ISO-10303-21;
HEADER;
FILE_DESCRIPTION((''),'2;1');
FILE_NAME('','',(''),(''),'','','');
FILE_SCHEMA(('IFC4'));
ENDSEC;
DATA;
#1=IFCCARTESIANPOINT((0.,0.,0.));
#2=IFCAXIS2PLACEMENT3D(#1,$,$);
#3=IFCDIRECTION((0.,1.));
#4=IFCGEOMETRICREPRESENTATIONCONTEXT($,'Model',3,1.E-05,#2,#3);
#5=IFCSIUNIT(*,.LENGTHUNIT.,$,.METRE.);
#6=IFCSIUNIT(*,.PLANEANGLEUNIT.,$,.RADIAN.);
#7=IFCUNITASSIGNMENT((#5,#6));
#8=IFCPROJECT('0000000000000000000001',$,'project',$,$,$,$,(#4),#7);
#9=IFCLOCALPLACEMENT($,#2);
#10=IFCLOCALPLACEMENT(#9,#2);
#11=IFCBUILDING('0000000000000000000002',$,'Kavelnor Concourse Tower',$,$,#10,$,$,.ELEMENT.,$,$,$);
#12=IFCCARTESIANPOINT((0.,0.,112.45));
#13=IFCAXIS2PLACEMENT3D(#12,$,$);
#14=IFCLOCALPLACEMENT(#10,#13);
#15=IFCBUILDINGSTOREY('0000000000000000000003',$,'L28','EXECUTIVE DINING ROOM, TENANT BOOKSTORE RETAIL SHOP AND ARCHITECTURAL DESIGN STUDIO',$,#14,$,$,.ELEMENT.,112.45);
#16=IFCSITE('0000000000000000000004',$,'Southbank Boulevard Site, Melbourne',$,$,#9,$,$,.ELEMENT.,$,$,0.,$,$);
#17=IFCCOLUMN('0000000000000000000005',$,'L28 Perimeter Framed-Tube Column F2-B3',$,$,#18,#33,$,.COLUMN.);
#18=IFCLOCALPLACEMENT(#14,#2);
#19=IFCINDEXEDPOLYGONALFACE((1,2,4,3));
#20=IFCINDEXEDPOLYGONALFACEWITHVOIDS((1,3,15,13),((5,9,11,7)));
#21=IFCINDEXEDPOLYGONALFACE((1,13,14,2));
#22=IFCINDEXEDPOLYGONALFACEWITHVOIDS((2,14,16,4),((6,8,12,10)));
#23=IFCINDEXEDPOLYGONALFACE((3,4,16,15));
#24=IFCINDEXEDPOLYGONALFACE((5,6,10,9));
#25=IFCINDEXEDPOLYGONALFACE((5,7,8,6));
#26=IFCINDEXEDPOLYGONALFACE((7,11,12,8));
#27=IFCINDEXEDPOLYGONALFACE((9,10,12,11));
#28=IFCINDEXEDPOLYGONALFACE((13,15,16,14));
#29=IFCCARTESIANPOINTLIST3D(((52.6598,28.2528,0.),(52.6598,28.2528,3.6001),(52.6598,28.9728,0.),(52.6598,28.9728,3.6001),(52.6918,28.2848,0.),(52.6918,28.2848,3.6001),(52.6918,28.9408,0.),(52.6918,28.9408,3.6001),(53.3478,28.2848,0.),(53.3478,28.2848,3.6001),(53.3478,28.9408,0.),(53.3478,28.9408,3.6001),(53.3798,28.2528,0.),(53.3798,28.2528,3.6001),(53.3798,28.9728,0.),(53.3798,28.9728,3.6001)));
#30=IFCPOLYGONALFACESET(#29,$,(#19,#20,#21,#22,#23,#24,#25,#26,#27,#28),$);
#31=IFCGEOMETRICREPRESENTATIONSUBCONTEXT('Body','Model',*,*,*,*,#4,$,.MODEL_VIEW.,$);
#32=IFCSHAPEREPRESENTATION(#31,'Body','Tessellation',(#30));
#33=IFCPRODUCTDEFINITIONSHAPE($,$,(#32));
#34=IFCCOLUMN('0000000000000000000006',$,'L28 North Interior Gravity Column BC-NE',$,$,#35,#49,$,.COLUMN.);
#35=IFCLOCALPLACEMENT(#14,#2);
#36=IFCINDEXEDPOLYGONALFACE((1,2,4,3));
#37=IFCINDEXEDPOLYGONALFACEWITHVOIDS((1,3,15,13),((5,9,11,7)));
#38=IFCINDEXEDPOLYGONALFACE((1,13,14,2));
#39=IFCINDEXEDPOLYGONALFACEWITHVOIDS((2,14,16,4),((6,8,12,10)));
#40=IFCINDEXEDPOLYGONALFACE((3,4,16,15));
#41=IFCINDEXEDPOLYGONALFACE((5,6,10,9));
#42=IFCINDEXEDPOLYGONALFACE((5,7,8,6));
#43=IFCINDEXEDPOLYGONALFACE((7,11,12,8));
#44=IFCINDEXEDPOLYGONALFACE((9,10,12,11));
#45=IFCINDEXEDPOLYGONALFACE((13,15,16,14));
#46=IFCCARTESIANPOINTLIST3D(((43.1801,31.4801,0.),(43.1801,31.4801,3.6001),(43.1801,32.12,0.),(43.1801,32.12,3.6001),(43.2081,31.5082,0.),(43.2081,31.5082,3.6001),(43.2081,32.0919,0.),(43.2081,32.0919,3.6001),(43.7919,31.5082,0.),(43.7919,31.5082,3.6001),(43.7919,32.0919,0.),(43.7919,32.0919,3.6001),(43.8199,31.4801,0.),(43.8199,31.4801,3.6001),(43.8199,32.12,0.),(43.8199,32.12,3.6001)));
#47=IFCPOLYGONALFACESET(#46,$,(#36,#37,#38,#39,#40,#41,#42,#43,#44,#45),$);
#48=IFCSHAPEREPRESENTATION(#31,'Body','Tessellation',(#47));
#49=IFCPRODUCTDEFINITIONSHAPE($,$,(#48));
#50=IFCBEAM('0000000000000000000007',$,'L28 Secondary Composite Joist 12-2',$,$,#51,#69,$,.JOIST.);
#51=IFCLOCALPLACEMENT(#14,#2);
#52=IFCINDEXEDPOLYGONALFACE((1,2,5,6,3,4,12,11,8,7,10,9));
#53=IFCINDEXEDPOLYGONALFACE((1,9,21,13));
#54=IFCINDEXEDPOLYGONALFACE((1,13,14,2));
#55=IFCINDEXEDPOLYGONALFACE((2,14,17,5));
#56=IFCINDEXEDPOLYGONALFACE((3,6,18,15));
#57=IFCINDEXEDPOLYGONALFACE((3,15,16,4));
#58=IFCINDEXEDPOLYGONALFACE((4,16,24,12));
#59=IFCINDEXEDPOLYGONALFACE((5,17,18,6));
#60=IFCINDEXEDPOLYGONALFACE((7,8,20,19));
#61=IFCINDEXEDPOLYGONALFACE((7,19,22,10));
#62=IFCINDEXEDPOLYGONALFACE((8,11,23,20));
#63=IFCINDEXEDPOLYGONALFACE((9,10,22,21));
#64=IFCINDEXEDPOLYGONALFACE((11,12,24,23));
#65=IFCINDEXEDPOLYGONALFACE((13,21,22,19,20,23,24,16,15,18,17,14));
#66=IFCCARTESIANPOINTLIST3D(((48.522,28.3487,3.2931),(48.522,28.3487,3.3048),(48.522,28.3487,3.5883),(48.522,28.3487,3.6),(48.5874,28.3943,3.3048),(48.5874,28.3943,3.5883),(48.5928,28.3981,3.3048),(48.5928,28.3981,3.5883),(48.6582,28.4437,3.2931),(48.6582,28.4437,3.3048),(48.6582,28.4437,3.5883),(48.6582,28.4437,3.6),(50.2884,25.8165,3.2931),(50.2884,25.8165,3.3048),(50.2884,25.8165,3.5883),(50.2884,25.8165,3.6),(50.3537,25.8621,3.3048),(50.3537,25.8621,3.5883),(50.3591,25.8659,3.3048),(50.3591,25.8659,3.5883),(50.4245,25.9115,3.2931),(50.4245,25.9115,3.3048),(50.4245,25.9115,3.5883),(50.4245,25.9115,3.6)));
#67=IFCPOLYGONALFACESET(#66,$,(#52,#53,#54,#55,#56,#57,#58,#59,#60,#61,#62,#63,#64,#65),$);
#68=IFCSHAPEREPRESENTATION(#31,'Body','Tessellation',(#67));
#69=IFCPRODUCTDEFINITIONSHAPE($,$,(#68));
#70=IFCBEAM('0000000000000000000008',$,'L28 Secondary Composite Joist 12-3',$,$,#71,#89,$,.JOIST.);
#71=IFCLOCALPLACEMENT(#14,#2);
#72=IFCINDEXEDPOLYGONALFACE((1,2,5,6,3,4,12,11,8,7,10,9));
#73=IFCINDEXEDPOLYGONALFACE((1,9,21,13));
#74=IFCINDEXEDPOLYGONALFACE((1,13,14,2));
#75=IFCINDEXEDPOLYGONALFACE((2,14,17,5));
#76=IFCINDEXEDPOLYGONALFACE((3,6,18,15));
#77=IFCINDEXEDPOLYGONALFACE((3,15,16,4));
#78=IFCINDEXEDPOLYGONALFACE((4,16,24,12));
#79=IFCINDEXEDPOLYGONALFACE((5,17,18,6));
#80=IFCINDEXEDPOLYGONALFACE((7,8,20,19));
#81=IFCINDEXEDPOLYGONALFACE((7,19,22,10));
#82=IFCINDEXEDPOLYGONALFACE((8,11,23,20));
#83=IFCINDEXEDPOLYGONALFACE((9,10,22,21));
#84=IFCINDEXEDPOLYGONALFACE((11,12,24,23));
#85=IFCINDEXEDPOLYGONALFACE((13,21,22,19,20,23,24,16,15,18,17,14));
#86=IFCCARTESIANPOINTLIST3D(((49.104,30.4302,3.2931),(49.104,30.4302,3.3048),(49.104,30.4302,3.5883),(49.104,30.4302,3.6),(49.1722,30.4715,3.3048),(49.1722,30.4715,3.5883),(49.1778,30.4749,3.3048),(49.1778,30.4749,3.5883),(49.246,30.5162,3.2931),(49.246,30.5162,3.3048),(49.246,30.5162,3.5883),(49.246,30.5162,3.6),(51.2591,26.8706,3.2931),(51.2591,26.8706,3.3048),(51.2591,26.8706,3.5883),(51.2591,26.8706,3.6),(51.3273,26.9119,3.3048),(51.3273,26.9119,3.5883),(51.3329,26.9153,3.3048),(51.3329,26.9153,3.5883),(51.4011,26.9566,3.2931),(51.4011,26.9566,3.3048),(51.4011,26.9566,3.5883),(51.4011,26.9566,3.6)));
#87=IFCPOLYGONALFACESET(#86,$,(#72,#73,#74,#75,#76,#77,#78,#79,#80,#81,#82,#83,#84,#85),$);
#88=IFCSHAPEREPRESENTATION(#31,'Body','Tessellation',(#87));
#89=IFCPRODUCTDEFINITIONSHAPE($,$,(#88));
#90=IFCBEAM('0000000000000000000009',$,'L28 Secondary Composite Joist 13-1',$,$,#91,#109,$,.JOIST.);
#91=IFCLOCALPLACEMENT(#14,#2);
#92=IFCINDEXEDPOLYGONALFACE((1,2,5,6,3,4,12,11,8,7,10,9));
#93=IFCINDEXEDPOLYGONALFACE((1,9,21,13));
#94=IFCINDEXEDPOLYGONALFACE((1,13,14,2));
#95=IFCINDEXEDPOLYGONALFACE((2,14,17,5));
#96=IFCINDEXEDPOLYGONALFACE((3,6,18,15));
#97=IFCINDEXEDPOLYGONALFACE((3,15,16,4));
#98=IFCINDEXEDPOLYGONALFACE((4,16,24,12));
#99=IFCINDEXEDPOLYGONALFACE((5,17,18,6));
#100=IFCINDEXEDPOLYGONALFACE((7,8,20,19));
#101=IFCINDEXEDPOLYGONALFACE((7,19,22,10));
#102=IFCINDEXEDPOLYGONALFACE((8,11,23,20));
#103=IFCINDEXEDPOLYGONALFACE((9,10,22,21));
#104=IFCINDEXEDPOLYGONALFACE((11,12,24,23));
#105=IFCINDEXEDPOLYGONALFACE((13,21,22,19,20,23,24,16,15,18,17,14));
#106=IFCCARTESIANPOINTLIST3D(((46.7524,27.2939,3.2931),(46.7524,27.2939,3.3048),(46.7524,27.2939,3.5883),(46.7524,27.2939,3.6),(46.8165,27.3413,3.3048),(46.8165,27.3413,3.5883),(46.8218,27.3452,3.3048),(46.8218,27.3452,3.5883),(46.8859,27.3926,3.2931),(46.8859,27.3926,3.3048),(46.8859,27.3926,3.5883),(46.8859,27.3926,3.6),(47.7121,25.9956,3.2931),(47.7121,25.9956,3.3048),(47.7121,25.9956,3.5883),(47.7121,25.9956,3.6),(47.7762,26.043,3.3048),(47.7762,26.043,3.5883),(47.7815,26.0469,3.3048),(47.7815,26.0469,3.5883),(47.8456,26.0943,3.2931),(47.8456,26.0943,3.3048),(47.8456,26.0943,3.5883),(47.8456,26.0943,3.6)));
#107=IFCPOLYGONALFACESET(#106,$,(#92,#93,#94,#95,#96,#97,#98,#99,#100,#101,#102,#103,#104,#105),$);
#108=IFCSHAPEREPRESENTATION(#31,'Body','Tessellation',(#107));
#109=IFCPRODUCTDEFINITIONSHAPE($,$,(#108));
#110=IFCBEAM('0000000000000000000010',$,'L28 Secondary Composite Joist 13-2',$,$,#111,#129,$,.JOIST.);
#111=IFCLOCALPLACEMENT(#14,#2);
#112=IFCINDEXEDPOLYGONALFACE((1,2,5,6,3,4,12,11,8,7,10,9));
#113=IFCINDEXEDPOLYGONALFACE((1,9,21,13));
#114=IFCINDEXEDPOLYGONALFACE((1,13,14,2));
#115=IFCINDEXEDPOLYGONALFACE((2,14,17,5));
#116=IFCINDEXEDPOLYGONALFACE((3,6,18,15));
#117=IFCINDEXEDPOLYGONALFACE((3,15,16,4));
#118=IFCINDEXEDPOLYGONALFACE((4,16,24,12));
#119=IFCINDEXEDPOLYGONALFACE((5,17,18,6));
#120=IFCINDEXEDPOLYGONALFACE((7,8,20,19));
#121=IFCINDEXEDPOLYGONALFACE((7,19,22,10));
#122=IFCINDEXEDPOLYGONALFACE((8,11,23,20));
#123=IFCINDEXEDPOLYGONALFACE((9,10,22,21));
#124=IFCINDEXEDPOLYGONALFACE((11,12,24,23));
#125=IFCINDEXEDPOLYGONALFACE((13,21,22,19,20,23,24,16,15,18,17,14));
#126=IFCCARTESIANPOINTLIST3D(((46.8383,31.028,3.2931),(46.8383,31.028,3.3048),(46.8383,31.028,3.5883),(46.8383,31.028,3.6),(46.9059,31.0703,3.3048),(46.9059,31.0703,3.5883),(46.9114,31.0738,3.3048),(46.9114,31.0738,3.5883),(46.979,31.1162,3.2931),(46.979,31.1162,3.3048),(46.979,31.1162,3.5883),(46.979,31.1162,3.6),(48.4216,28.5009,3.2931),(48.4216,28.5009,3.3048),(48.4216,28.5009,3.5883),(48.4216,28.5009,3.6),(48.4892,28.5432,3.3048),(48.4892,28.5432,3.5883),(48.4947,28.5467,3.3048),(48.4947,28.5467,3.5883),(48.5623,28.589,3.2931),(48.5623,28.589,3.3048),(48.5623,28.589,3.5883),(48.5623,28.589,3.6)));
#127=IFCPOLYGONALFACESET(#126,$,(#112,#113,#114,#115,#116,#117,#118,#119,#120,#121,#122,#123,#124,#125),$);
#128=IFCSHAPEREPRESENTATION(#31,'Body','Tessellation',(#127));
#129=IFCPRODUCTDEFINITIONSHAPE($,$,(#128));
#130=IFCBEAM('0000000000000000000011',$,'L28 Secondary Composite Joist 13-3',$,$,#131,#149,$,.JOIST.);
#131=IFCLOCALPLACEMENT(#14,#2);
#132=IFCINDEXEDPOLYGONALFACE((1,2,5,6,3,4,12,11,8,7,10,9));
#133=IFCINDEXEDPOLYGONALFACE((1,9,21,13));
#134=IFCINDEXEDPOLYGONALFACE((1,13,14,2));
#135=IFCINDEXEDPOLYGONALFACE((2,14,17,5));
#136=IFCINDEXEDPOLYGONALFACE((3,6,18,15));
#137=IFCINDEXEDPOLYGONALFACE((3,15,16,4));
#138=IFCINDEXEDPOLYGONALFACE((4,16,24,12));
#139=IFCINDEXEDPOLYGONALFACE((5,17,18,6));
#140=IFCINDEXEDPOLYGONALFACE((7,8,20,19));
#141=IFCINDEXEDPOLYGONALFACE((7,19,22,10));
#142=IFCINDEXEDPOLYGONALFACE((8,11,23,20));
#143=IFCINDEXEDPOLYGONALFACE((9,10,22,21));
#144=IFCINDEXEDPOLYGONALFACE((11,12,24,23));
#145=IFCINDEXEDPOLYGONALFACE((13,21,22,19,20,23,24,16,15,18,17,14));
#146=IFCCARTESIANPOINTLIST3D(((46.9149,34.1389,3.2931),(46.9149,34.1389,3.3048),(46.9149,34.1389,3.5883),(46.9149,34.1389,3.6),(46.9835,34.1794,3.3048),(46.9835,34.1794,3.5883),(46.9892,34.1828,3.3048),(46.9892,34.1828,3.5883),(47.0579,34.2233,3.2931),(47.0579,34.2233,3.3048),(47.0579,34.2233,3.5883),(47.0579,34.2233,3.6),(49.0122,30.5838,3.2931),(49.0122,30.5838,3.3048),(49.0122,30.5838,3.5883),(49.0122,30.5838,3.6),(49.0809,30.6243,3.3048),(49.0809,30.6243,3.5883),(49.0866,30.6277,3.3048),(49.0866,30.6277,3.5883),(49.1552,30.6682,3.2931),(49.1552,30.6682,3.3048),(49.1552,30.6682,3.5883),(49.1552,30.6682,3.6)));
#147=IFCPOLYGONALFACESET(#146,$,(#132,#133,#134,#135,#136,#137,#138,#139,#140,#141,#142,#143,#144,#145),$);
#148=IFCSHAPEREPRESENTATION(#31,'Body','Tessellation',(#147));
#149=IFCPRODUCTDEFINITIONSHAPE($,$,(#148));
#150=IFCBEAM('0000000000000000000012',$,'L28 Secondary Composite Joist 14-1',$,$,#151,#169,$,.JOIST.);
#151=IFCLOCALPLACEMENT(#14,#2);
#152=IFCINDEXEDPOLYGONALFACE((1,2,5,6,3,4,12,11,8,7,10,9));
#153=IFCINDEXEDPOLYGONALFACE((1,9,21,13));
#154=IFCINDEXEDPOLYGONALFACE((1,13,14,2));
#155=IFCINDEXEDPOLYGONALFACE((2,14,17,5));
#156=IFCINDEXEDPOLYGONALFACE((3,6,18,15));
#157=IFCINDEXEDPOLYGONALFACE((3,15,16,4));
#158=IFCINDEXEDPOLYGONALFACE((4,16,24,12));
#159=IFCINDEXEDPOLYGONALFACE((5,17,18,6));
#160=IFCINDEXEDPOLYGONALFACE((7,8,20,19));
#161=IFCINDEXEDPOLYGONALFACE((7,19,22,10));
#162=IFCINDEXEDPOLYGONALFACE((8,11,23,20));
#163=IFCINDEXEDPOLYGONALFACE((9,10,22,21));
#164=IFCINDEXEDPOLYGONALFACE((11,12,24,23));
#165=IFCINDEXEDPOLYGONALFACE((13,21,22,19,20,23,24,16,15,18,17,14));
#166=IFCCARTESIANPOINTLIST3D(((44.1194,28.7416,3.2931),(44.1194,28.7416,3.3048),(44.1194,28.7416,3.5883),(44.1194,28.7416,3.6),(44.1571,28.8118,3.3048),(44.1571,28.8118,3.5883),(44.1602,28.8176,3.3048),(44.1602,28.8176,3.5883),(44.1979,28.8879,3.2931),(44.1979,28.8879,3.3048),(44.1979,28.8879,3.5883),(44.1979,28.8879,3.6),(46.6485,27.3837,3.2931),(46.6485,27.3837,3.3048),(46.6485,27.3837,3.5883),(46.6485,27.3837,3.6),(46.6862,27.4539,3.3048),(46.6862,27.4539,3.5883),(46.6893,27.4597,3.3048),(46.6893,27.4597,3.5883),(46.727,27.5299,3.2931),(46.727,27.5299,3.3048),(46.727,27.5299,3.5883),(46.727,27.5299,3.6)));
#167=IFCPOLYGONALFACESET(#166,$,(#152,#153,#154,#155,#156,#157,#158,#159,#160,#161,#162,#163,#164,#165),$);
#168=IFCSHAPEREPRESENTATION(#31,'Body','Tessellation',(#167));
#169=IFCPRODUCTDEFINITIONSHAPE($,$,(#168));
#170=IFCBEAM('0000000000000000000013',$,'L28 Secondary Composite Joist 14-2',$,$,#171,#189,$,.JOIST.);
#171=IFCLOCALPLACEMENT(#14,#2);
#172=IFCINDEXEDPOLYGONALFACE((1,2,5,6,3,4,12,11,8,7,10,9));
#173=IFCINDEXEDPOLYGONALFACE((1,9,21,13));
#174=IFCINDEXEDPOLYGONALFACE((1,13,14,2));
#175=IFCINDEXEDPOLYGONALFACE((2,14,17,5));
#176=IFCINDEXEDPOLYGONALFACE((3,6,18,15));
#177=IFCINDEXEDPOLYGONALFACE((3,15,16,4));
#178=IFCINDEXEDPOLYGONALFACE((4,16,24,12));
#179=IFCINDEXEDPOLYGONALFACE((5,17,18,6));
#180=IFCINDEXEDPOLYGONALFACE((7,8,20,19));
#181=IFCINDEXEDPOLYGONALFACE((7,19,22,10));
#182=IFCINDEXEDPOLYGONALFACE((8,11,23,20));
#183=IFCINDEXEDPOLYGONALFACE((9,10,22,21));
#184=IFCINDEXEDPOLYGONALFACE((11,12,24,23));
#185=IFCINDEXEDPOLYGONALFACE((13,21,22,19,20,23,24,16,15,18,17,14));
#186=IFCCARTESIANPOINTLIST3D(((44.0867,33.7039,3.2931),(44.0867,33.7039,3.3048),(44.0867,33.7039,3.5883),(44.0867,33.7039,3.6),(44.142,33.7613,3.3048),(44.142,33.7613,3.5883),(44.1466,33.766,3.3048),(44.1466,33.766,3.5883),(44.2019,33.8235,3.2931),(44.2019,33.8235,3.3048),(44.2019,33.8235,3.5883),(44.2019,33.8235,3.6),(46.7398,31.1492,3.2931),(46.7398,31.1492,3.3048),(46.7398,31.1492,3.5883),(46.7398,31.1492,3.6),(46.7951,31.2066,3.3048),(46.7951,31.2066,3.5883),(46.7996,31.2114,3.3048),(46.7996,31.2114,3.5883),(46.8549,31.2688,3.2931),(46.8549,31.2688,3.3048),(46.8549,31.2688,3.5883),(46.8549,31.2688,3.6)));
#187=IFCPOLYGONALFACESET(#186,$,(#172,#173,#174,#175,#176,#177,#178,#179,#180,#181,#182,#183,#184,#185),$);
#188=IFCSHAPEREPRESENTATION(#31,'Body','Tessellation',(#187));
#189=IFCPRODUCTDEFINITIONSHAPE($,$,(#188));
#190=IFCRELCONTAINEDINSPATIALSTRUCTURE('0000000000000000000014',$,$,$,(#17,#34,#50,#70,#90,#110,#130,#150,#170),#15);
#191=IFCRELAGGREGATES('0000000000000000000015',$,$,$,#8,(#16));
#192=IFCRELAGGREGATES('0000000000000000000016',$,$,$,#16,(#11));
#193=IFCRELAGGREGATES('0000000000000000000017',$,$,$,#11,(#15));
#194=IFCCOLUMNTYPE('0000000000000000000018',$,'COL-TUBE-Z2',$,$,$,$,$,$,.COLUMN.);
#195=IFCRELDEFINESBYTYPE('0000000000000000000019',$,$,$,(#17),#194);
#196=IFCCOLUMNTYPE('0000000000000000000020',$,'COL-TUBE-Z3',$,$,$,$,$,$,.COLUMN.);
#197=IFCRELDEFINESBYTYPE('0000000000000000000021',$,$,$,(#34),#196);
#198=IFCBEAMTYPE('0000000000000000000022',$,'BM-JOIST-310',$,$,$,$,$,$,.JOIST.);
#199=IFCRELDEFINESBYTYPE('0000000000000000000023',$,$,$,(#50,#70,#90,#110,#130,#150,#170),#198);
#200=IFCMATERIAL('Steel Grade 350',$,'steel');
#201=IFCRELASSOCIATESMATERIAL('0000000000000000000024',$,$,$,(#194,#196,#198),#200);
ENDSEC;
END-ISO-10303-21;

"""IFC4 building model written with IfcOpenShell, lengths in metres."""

from ifc_helpers import new_model, si_unit, direction, frame, origin, origin_2d, place, context, subcontext, project, spatial, hollow_rectangle, i_section, extrude, material, material_profile, profile_set, type_object, element, save


model = new_model("IFC4")

# Units and contexts
model_context = context("Model", 3, precision=1e-05, world=origin(), true_north=direction((0.0, 1.0)))
body_context = subcontext(model_context, "Body", "Model", "MODEL_VIEW")
ifc_project = project(units=[si_unit("LENGTHUNIT", "METRE"), si_unit("PLANEANGLEUNIT", "RADIAN")], contexts=[model_context])

# Site, building, storey
site_placement = place(None, origin())
site = spatial("IfcSite", under=ifc_project, at=site_placement, Name="Southbank Boulevard Site, Melbourne", CompositionType="ELEMENT", RefElevation=0.0)
building_placement = place(site_placement, origin())
building = spatial("IfcBuilding", under=site, at=building_placement, Name="Kavelnor Concourse Tower", CompositionType="ELEMENT")
storey_placement = place(building_placement, frame((0.0, 0.0, 112.45)))
storey = spatial("IfcBuildingStorey", under=building, at=storey_placement, Name="L28", Description="EXECUTIVE DINING ROOM, TENANT BOOKSTORE RETAIL SHOP AND ARCHITECTURAL DESIGN STUDIO", CompositionType="ELEMENT", Elevation=112.45)

# Columns
ifc_material_1 = material(Name="Steel Grade 350", Category="steel")
ifc_material_profile_1 = material_profile(ifc_material_1, hollow_rectangle(XDim=0.72, YDim=0.72, WallThickness=0.032, at=origin_2d()), Name="SHS 720x720x32")
ifc_profile_set_1 = profile_set([ifc_material_profile_1], Name="Steel Grade 350")
column_type_1 = type_object("IfcColumnType", Name="COL-TUBE-Z2", PredefinedType="COLUMN", material=ifc_profile_set_1)
column_1_placement = place(storey_placement, frame((53.0198, 28.6128, 0.0), z_axis=(0.0, 0.0, 1.0), x_axis=(1.0, 0.0, 0.0)))
element("IfcColumn", 1, at=column_1_placement, inside=storey, type_object=column_type_1, Name="L28 Perimeter Framed-Tube Column F2-B3", PredefinedType="COLUMN", context=body_context, shape_type="SweptSolid", body=[
    extrude(hollow_rectangle(XDim=0.72, YDim=0.72, WallThickness=0.032, at=origin_2d()), origin(), (0.0, 0.0, 1.0), 3.6001),
])
ifc_material_profile_2 = material_profile(ifc_material_1, hollow_rectangle(XDim=0.6399, YDim=0.6399, WallThickness=0.0281, at=origin_2d()), Name="SHS 640x640x28")
ifc_profile_set_2 = profile_set([ifc_material_profile_2], Name="Steel Grade 350")
column_type_2 = type_object("IfcColumnType", Name="COL-TUBE-Z3", PredefinedType="COLUMN", material=ifc_profile_set_2)
column_2_placement = place(storey_placement, frame((43.5, 31.8, 0.0), z_axis=(0.0, 0.0, 1.0), x_axis=(1.0, 0.0, 0.0)))
element("IfcColumn", 2, at=column_2_placement, inside=storey, type_object=column_type_2, Name="L28 North Interior Gravity Column BC-NE", PredefinedType="COLUMN", context=body_context, shape_type="SweptSolid", body=[
    extrude(hollow_rectangle(XDim=0.6399, YDim=0.6399, WallThickness=0.0281, at=origin_2d()), origin(), (0.0, 0.0, 1.0), 3.6001),
])

# Beams
ifc_material_profile_3 = material_profile(ifc_material_1, i_section(OverallWidth=0.166, OverallDepth=0.3069, WebThickness=0.0066, FlangeThickness=0.0117, at=origin_2d()), Name="310UB46")
ifc_profile_set_3 = profile_set([ifc_material_profile_3], Name="Steel Grade 350")
beam_type_1 = type_object("IfcBeamType", Name="BM-JOIST-310", PredefinedType="JOIST", material=ifc_profile_set_3)
beam_1_placement = place(storey_placement, frame((50.3564, 25.864, 3.4465), z_axis=(-0.572114, 0.820174, 0.0), x_axis=(-0.820174, -0.572114, 0.0)))
element("IfcBeam", 3, at=beam_1_placement, inside=storey, type_object=beam_type_1, Name="L28 Secondary Composite Joist 12-2", PredefinedType="JOIST", context=body_context, shape_type="SweptSolid", body=[
    extrude(i_section(OverallWidth=0.166, OverallDepth=0.3069, WebThickness=0.0066, FlangeThickness=0.0117, at=origin_2d()), origin(), (0.0, 0.0, 1.0), 3.0874),
])
beam_2_placement = place(storey_placement, frame((51.3301, 26.9136, 3.4465), z_axis=(-0.5179, 0.855441, 0.0), x_axis=(-0.855441, -0.5179, 0.0)))
element("IfcBeam", 4, at=beam_2_placement, inside=storey, type_object=beam_type_1, Name="L28 Secondary Composite Joist 12-3", PredefinedType="JOIST", context=body_context, shape_type="SweptSolid", body=[
    extrude(i_section(OverallWidth=0.166, OverallDepth=0.3069, WebThickness=0.0066, FlangeThickness=0.0117, at=origin_2d()), origin(), (0.0, 0.0, 1.0), 4.1611),
])
beam_3_placement = place(storey_placement, frame((47.7788, 26.0449, 3.4465), z_axis=(-0.594421, 0.804154, 0.0), x_axis=(-0.804154, -0.594421, 0.0)))
element("IfcBeam", 5, at=beam_3_placement, inside=storey, type_object=beam_type_1, Name="L28 Secondary Composite Joist 13-1", PredefinedType="JOIST", context=body_context, shape_type="SweptSolid", body=[
    extrude(i_section(OverallWidth=0.166, OverallDepth=0.3069, WebThickness=0.0066, FlangeThickness=0.0117, at=origin_2d()), origin(), (0.0, 0.0, 1.0), 1.6145),
])
beam_4_placement = place(storey_placement, frame((48.4919, 28.5449, 3.4465), z_axis=(-0.530919, 0.847423, 0.0), x_axis=(-0.847423, -0.530919, 0.0)))
element("IfcBeam", 6, at=beam_4_placement, inside=storey, type_object=beam_type_1, Name="L28 Secondary Composite Joist 13-2", PredefinedType="JOIST", context=body_context, shape_type="SweptSolid", body=[
    extrude(i_section(OverallWidth=0.166, OverallDepth=0.3069, WebThickness=0.0066, FlangeThickness=0.0117, at=origin_2d()), origin(), (0.0, 0.0, 1.0), 2.9822),
])
beam_5_placement = place(storey_placement, frame((49.0837, 30.626, 3.4465), z_axis=(-0.508123, 0.861284, 0.0), x_axis=(-0.861284, -0.508123, 0.0)))
element("IfcBeam", 7, at=beam_5_placement, inside=storey, type_object=beam_type_1, Name="L28 Secondary Composite Joist 13-3", PredefinedType="JOIST", context=body_context, shape_type="SweptSolid", body=[
    extrude(i_section(OverallWidth=0.166, OverallDepth=0.3069, WebThickness=0.0066, FlangeThickness=0.0117, at=origin_2d()), origin(), (0.0, 0.0, 1.0), 4.1277),
])
beam_6_placement = place(storey_placement, frame((46.6877, 27.4568, 3.4465), z_axis=(-0.881036, 0.47305, 0.0), x_axis=(-0.47305, -0.881036, 0.0)))
element("IfcBeam", 8, at=beam_6_placement, inside=storey, type_object=beam_type_1, Name="L28 Secondary Composite Joist 14-1", PredefinedType="JOIST", context=body_context, shape_type="SweptSolid", body=[
    extrude(i_section(OverallWidth=0.166, OverallDepth=0.3069, WebThickness=0.0066, FlangeThickness=0.0117, at=origin_2d()), origin(), (0.0, 0.0, 1.0), 2.8706),
])
beam_7_placement = place(storey_placement, frame((46.7974, 31.209, 3.4465), z_axis=(-0.720337, 0.693624, 0.0), x_axis=(-0.693624, -0.720337, 0.0)))
element("IfcBeam", 9, at=beam_7_placement, inside=storey, type_object=beam_type_1, Name="L28 Secondary Composite Joist 14-2", PredefinedType="JOIST", context=body_context, shape_type="SweptSolid", body=[
    extrude(i_section(OverallWidth=0.166, OverallDepth=0.3069, WebThickness=0.0066, FlangeThickness=0.0117, at=origin_2d()), origin(), (0.0, 0.0, 1.0), 3.6831),
])

save(model, "model.ifc")
